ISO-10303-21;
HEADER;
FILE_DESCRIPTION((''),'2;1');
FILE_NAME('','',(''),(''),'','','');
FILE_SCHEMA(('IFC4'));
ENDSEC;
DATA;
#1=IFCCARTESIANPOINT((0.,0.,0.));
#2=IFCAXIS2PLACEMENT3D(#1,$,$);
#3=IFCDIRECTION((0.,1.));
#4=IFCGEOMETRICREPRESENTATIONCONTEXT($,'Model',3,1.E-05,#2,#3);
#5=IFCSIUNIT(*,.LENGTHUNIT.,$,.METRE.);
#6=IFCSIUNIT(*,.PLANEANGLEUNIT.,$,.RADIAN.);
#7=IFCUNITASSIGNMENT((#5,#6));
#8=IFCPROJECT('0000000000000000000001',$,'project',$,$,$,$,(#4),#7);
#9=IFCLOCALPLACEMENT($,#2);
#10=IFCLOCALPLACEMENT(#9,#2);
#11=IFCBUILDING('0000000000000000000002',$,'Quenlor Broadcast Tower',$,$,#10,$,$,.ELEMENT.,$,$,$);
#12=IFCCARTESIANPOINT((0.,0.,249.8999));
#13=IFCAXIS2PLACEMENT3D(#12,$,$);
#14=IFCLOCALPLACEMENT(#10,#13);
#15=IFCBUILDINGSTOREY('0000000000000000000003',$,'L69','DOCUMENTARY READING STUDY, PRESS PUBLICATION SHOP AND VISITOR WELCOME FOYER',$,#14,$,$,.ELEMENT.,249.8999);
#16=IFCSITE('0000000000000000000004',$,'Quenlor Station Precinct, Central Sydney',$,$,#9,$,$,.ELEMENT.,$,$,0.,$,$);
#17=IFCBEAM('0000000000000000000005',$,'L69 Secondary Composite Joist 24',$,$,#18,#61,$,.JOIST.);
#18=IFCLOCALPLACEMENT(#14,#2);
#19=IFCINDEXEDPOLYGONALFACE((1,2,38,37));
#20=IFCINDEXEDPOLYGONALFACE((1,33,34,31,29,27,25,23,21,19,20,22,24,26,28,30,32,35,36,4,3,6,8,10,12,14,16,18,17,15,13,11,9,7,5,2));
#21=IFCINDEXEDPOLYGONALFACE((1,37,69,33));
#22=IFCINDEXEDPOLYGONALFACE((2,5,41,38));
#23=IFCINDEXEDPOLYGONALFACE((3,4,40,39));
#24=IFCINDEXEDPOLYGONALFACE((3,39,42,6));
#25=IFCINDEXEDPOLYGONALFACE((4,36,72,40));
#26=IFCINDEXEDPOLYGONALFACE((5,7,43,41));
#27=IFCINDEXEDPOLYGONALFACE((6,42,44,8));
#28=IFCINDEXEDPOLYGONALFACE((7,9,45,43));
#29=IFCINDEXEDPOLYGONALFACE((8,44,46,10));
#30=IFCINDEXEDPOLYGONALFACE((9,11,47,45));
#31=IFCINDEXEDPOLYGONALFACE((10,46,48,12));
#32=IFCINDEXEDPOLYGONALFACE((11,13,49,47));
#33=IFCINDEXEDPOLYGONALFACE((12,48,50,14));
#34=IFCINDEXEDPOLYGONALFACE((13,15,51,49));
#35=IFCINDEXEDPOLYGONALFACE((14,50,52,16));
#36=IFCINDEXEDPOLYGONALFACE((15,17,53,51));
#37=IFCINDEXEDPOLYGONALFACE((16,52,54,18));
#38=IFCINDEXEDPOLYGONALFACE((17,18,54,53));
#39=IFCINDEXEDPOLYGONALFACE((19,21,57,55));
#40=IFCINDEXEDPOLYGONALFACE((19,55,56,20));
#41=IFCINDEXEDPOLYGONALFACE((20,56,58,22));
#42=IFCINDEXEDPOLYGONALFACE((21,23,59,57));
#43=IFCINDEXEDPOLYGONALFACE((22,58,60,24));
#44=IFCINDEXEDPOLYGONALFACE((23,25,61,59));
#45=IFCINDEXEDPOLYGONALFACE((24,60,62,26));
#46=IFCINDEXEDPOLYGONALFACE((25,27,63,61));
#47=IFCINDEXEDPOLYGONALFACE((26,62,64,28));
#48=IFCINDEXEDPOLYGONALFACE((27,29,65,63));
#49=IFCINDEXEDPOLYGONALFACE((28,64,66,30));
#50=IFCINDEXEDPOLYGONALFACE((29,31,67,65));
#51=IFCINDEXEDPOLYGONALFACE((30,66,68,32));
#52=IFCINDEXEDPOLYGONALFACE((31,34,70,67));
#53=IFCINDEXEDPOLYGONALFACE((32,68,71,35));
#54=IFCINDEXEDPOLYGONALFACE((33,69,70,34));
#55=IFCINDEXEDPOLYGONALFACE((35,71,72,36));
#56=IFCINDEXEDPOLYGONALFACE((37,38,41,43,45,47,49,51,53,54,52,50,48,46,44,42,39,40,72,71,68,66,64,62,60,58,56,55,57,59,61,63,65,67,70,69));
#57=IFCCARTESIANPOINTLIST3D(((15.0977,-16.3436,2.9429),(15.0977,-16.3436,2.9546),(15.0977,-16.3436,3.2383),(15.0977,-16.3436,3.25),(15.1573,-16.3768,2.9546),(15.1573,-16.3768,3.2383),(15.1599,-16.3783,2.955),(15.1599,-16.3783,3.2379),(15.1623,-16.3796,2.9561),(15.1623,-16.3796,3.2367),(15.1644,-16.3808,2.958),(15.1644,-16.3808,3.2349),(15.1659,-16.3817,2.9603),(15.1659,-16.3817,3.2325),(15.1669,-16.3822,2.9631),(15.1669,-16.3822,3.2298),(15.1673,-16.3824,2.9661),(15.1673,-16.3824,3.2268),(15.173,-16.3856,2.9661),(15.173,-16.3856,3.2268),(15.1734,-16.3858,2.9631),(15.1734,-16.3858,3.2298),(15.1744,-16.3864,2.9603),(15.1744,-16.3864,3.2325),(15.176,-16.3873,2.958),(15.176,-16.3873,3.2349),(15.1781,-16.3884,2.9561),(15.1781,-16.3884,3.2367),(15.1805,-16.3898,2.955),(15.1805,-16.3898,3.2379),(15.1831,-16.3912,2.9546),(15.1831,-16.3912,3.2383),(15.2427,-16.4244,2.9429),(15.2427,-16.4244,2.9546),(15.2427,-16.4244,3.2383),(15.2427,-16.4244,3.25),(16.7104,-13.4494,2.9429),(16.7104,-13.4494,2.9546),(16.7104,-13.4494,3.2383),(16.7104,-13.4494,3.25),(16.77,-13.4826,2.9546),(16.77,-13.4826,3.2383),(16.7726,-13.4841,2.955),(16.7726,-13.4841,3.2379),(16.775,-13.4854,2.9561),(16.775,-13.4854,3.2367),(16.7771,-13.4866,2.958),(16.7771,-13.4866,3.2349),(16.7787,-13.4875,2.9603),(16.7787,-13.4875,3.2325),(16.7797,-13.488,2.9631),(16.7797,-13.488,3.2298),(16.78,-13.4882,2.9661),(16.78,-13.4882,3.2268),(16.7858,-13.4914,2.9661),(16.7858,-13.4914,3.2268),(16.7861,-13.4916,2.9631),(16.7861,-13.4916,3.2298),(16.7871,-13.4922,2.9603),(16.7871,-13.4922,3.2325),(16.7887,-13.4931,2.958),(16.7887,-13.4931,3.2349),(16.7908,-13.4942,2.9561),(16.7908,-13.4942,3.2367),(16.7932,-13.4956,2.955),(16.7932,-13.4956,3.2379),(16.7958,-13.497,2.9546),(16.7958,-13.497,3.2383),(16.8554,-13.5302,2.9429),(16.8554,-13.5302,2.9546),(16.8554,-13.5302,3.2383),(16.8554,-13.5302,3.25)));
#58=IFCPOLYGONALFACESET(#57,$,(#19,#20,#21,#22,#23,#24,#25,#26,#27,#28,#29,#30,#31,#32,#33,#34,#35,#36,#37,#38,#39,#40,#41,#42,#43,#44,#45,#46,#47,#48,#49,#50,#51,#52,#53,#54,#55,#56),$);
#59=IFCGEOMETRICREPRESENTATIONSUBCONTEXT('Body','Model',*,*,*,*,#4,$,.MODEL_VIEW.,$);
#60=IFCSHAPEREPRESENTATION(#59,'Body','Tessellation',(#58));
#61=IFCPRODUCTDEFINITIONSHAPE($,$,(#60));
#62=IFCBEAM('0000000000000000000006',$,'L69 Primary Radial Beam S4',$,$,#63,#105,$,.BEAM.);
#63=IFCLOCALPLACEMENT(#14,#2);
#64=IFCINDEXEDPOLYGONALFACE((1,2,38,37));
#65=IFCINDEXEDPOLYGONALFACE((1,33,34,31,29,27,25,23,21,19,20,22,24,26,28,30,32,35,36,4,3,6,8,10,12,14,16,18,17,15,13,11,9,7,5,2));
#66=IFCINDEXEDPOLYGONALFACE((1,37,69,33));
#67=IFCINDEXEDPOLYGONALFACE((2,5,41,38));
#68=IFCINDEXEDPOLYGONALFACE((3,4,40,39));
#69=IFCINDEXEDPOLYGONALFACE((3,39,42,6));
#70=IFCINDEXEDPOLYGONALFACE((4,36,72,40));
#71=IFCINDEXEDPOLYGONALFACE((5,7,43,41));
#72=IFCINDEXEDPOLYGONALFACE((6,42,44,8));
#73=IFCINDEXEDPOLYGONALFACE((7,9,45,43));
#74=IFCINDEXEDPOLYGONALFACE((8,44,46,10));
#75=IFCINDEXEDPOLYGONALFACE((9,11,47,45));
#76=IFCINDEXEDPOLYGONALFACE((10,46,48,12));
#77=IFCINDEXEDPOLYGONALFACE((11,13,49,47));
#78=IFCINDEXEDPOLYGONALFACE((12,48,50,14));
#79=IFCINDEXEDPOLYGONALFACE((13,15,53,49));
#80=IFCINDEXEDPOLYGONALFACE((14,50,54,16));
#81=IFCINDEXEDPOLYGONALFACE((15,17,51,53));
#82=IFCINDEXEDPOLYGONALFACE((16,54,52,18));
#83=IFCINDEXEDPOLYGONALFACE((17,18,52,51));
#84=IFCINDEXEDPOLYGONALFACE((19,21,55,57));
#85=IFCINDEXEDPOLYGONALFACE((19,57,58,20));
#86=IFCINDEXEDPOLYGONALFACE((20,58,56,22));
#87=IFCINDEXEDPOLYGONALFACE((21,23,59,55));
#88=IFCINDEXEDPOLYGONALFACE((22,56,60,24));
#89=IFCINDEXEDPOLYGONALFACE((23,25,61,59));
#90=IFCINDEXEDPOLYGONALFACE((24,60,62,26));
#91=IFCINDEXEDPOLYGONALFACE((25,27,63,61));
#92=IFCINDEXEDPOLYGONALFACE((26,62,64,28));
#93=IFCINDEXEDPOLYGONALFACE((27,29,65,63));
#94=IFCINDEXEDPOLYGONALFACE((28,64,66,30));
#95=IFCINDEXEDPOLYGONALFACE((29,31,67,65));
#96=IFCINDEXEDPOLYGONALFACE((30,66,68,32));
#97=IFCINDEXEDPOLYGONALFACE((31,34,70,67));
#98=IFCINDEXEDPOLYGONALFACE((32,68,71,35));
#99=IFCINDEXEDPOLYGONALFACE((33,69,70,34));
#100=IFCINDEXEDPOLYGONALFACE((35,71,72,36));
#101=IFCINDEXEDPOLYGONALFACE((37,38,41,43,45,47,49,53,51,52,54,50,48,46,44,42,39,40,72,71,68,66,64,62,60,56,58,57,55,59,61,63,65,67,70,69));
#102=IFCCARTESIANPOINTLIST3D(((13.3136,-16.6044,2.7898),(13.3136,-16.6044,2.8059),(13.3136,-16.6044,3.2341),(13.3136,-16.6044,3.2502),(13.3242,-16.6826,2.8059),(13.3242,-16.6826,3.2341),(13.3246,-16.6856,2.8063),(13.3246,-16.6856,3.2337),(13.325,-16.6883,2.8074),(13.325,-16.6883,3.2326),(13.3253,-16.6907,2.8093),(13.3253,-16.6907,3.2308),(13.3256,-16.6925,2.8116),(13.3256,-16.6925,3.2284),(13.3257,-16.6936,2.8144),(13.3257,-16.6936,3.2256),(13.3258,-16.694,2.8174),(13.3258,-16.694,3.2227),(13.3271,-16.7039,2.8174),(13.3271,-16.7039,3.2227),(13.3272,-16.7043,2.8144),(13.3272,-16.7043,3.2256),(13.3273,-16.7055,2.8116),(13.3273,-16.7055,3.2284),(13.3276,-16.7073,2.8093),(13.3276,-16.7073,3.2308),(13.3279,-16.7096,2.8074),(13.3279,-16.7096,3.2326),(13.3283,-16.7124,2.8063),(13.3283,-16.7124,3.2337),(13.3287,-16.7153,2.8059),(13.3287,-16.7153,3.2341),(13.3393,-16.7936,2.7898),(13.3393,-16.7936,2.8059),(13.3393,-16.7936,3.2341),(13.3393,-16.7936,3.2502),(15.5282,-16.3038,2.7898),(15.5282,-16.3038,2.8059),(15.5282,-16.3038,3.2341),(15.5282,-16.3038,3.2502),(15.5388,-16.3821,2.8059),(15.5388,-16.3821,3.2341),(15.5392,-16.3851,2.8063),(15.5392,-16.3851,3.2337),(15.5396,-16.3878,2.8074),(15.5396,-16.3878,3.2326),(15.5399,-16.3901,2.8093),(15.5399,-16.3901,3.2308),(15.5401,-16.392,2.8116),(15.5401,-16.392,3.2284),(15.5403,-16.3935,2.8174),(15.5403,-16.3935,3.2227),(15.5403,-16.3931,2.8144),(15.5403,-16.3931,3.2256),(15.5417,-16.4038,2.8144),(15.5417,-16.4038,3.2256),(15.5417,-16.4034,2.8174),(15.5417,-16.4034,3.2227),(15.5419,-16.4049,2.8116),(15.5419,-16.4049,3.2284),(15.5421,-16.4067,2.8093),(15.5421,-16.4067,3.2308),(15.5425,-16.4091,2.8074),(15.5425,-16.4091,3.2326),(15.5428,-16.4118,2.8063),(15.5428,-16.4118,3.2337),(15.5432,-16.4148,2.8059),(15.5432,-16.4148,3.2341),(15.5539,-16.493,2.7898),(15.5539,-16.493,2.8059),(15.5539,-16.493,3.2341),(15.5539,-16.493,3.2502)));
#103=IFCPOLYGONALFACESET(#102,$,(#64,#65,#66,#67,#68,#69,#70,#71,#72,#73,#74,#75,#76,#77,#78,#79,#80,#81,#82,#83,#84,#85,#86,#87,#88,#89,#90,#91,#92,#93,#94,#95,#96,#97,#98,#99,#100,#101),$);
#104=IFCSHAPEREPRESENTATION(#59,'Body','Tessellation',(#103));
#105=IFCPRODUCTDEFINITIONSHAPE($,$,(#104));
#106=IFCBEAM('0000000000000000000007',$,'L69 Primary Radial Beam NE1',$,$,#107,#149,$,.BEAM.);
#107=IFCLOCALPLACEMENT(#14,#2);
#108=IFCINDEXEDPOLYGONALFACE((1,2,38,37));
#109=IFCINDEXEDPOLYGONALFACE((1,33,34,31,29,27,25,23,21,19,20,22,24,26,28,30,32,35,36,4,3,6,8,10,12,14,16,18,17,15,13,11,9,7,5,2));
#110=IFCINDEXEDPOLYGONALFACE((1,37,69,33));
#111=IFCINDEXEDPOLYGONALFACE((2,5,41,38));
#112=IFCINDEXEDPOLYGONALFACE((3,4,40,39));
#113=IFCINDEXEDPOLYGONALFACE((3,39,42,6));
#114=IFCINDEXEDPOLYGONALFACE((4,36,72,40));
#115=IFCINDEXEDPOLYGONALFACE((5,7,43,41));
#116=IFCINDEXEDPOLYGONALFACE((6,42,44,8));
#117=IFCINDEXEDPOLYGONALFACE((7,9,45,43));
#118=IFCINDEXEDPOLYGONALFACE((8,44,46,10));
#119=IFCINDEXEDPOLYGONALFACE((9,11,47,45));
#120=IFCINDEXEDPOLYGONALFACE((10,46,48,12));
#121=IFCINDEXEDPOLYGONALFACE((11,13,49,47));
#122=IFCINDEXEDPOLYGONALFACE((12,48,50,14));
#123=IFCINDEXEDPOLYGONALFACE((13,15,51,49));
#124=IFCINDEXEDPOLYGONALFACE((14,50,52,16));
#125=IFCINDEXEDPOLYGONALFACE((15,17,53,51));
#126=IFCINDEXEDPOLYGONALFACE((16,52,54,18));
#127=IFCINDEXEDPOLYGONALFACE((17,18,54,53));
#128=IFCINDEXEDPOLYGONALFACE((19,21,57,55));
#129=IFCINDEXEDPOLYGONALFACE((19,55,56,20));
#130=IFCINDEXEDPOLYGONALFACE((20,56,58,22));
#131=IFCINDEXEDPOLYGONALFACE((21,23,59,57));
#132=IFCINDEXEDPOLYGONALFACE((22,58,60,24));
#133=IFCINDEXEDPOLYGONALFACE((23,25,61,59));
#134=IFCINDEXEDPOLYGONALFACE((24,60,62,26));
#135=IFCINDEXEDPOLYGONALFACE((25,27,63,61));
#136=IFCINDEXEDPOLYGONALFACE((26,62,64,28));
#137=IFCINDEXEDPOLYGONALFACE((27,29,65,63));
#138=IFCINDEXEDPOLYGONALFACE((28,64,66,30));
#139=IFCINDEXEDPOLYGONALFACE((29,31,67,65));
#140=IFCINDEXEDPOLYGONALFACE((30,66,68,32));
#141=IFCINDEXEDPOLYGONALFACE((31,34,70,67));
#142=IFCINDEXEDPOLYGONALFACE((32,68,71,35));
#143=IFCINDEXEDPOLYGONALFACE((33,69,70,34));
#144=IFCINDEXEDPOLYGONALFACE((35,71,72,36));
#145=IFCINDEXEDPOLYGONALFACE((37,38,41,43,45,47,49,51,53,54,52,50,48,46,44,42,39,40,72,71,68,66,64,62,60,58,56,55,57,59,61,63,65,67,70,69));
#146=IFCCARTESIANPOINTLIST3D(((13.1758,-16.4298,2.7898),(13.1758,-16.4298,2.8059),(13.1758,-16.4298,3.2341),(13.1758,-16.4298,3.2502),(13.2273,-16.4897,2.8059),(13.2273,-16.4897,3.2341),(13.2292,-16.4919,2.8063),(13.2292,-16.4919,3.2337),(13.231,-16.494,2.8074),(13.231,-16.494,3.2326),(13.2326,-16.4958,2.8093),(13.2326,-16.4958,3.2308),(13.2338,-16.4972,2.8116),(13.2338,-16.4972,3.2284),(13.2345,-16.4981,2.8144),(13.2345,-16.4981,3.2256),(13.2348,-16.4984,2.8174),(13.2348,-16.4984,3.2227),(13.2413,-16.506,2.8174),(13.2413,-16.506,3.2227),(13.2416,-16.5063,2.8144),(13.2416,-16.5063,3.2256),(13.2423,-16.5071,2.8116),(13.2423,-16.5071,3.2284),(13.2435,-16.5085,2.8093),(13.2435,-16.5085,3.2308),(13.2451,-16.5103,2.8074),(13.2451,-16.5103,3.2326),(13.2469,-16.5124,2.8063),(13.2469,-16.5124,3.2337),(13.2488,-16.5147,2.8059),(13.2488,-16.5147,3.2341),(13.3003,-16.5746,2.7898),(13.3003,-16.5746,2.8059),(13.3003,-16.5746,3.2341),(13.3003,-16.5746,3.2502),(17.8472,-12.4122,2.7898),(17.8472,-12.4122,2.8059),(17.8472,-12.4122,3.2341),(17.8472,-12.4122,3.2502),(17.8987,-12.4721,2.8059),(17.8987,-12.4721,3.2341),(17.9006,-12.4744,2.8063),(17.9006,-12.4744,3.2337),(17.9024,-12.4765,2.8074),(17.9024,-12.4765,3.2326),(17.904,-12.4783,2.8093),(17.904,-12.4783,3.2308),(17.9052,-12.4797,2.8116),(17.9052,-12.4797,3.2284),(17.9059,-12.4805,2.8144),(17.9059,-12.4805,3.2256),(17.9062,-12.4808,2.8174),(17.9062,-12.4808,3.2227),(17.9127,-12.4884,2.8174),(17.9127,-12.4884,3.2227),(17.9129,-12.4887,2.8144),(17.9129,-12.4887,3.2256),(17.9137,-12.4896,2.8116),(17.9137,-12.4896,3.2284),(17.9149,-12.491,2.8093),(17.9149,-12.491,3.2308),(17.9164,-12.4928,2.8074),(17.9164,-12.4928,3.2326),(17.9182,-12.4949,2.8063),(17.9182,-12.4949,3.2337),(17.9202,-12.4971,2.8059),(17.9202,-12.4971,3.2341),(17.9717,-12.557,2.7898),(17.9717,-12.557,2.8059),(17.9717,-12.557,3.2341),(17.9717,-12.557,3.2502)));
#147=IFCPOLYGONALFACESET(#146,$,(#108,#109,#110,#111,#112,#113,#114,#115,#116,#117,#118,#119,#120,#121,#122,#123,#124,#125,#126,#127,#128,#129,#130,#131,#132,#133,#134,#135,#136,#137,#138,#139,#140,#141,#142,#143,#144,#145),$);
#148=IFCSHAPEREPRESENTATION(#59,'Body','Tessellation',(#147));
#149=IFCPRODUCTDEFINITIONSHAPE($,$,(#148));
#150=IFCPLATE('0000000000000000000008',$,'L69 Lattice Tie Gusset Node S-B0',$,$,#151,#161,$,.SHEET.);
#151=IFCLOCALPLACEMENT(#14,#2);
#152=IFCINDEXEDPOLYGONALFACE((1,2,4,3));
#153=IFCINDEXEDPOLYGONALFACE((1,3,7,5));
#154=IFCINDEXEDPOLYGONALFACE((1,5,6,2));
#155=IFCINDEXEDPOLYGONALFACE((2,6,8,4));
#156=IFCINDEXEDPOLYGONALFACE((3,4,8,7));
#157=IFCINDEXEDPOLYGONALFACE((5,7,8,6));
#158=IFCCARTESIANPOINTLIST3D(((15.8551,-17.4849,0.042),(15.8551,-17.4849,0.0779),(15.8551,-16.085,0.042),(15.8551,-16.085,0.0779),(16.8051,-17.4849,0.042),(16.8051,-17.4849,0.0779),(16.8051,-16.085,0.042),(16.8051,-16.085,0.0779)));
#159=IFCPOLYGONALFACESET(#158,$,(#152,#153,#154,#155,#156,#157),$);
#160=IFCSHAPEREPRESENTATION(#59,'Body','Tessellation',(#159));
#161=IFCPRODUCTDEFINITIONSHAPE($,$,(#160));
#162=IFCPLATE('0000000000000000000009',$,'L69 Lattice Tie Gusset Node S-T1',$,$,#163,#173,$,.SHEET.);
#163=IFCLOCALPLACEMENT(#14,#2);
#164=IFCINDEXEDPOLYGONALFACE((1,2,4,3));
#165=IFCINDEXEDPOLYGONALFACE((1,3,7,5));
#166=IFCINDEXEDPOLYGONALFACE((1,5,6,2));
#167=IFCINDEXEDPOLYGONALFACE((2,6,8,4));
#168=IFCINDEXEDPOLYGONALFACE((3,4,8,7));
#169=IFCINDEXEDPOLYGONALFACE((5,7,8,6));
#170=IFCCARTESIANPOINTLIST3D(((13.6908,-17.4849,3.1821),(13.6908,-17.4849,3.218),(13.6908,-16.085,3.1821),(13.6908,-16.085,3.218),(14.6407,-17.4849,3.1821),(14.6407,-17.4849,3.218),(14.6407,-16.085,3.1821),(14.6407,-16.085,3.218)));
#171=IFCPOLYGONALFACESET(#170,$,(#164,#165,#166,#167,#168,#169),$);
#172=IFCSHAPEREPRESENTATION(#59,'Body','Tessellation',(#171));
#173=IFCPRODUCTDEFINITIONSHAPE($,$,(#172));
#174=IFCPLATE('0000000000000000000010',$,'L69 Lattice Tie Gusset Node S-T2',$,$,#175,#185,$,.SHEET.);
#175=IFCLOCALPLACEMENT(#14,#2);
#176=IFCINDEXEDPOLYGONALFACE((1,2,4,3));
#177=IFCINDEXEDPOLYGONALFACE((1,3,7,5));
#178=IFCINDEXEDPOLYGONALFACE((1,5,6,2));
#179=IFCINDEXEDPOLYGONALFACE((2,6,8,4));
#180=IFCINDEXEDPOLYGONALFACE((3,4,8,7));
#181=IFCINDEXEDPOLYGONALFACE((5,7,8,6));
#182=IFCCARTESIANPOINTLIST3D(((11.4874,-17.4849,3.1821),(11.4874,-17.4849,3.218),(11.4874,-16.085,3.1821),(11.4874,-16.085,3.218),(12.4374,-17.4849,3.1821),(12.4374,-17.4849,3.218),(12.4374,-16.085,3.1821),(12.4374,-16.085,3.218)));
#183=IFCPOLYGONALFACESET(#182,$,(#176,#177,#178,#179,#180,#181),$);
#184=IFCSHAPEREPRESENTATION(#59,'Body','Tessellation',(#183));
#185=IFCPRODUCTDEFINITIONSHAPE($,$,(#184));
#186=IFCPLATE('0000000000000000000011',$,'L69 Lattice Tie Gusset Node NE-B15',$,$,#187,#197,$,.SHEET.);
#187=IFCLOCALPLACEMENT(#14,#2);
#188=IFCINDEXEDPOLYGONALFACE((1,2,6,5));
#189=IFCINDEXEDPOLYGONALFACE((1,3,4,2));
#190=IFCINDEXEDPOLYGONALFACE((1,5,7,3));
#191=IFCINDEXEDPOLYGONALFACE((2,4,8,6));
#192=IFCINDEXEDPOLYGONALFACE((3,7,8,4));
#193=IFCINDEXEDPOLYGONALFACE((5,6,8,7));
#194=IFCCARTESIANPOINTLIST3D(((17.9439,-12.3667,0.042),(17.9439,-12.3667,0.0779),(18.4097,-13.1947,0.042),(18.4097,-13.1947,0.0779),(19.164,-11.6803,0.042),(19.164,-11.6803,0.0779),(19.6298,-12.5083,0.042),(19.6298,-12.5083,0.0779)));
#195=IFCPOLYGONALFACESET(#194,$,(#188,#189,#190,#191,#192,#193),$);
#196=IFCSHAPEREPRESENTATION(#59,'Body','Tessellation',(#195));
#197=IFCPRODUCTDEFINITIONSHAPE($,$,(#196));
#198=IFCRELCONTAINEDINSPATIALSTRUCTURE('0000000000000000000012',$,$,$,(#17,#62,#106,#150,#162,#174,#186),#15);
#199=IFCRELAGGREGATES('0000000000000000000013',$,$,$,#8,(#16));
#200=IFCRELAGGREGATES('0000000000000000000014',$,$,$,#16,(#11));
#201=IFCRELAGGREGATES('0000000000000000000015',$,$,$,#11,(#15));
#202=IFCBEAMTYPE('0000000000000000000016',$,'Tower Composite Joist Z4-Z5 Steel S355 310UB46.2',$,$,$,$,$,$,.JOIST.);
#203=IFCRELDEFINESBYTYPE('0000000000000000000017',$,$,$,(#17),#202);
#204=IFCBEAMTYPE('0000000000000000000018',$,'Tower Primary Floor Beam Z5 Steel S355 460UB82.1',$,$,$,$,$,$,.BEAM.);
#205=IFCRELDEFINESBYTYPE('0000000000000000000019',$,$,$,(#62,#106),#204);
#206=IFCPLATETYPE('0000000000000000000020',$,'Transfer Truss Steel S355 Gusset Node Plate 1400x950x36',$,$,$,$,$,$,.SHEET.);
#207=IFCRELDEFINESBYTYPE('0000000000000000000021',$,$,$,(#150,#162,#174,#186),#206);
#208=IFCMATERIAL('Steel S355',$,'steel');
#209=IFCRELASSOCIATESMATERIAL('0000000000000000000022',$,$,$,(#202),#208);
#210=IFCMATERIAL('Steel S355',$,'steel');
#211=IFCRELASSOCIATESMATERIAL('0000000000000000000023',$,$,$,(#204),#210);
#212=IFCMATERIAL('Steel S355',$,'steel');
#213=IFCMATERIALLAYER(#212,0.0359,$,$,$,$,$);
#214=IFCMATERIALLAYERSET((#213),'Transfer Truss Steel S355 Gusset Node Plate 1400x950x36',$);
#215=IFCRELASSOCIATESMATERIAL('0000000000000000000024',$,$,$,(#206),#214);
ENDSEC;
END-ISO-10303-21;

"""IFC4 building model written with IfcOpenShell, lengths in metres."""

from ifc_helpers import new_model, si_unit, direction, frame, origin, origin_2d, place, context, subcontext, project, spatial, rectangle, i_section, extrude, material, layer, layer_set, material_profile, profile_set, type_object, element, save


model = new_model("IFC4")

# Units and contexts
model_context = context("Model", 3, precision=1e-05, world=origin(), true_north=direction((0.0, 1.0)))
body_context = subcontext(model_context, "Body", "Model", "MODEL_VIEW")
ifc_project = project(units=[si_unit("LENGTHUNIT", "METRE"), si_unit("PLANEANGLEUNIT", "RADIAN")], contexts=[model_context])

# Site, building, storey
site_placement = place(None, origin())
site = spatial("IfcSite", under=ifc_project, at=site_placement, Name="Quenlor Station Precinct, Central Sydney", CompositionType="ELEMENT", RefElevation=0.0)
building_placement = place(site_placement, origin())
building = spatial("IfcBuilding", under=site, at=building_placement, Name="Quenlor Broadcast Tower", CompositionType="ELEMENT")
storey_placement = place(building_placement, frame((0.0, 0.0, 249.8999)))
storey = spatial("IfcBuildingStorey", under=building, at=storey_placement, Name="L69", Description="DOCUMENTARY READING STUDY, PRESS PUBLICATION SHOP AND VISITOR WELCOME FOYER", CompositionType="ELEMENT", Elevation=249.8999)

# Beams
ifc_material_1 = material(Name="Steel S355", Category="steel")
ifc_material_profile_1 = material_profile(ifc_material_1, i_section(OverallWidth=0.166, OverallDepth=0.3071, WebThickness=0.0066, FlangeThickness=0.0117, FilletRadius=0.0115, at=origin_2d()))
ifc_profile_set_1 = profile_set([ifc_material_profile_1], Name="Steel S355 310UB46.2")
beam_type_1 = type_object("IfcBeamType", Name="Tower Composite Joist Z4-Z5 Steel S355 310UB46.2", PredefinedType="JOIST", material=ifc_profile_set_1)
beam_1_placement = place(storey_placement, frame((15.1702, -16.384, 3.0964), z_axis=(0.486762, 0.873534, 0.0), x_axis=(-0.873534, 0.486762, 0.0)))
element("IfcBeam", 1, at=beam_1_placement, inside=storey, type_object=beam_type_1, Name="L69 Secondary Composite Joist 24", PredefinedType="JOIST", context=body_context, shape_type="SweptSolid", body=[
    extrude(i_section(OverallWidth=0.166, OverallDepth=0.3071, WebThickness=0.0066, FlangeThickness=0.0117, FilletRadius=0.0115, at=origin_2d()), origin(), (0.0, 0.0, 1.0), 3.3132),
])
ifc_material_2 = material(Name="Steel S355", Category="steel")
ifc_material_profile_2 = material_profile(ifc_material_2, i_section(OverallWidth=0.1909, OverallDepth=0.4604, WebThickness=0.01, FlangeThickness=0.0161, FilletRadius=0.0115, at=origin_2d()))
ifc_profile_set_2 = profile_set([ifc_material_profile_2], Name="Steel S355 460UB82.1")
beam_type_2 = type_object("IfcBeamType", Name="Tower Primary Floor Beam Z5 Steel S355 460UB82.1", PredefinedType="BEAM", material=ifc_profile_set_2)
beam_2_placement = place(storey_placement, frame((15.541, -16.3984, 3.02), z_axis=(-0.990917, -0.134475, 0.0), x_axis=(0.134475, -0.990917, 0.0)))
element("IfcBeam", 2, at=beam_2_placement, inside=storey, type_object=beam_type_2, Name="L69 Primary Radial Beam S4", PredefinedType="BEAM", context=body_context, shape_type="SweptSolid", body=[
    extrude(i_section(OverallWidth=0.1909, OverallDepth=0.4604, WebThickness=0.01, FlangeThickness=0.0161, FilletRadius=0.0115, at=origin_2d()), origin(), (0.0, 0.0, 1.0), 2.2349),
])
beam_3_placement = place(storey_placement, frame((17.9094, -12.4846, 3.02), z_axis=(-0.75817, -0.652057, 0.0), x_axis=(0.652057, -0.75817, 0.0)))
element("IfcBeam", 3, at=beam_3_placement, inside=storey, type_object=beam_type_2, Name="L69 Primary Radial Beam NE1", PredefinedType="BEAM", context=body_context, shape_type="SweptSolid", body=[
    extrude(i_section(OverallWidth=0.1909, OverallDepth=0.4604, WebThickness=0.01, FlangeThickness=0.0161, FilletRadius=0.0115, at=origin_2d()), origin(), (0.0, 0.0, 1.0), 6.1614),
])

# Plates
ifc_material_3 = material(Name="Steel S355", Category="steel")
ifc_layer_1 = layer(ifc_material_3, 0.0359)
ifc_layer_set_1 = layer_set([ifc_layer_1], Name="Transfer Truss Steel S355 Gusset Node Plate 1400x950x36")
plate_type = type_object("IfcPlateType", Name="Transfer Truss Steel S355 Gusset Node Plate 1400x950x36", PredefinedType="SHEET", material=ifc_layer_set_1)
for number, where, z_axis, x_axis, name in (
    (4, (16.3301, -16.7849, 0.042), (0.0, 0.0, 1.0), (0.0, -1.0, 0.0), "L69 Lattice Tie Gusset Node S-B0"),
    (5, (14.1658, -16.7849, 3.1821), (0.0, 0.0, 1.0), (0.0, -1.0, 0.0), "L69 Lattice Tie Gusset Node S-T1"),
    (6, (11.9624, -16.7849, 3.1821), (0.0, 0.0, 1.0), (0.0, -1.0, 0.0), "L69 Lattice Tie Gusset Node S-T2"),
    (7, (18.7869, -12.4375, 0.042), (0.0, 0.0, 1.0), (0.871556, 0.490295, 0.0), "L69 Lattice Tie Gusset Node NE-B15"),
):
    element("IfcPlate", number, at=place(storey_placement, frame(where, z_axis=z_axis, x_axis=x_axis)), inside=storey, type_object=plate_type, Name=name, PredefinedType="SHEET", context=body_context, shape_type="SweptSolid", body=[
        extrude(rectangle(XDim=1.3999, YDim=0.95, at=origin_2d()), origin(), (0.0, 0.0, 1.0), 0.0359),
    ])

save(model, "model.ifc")
